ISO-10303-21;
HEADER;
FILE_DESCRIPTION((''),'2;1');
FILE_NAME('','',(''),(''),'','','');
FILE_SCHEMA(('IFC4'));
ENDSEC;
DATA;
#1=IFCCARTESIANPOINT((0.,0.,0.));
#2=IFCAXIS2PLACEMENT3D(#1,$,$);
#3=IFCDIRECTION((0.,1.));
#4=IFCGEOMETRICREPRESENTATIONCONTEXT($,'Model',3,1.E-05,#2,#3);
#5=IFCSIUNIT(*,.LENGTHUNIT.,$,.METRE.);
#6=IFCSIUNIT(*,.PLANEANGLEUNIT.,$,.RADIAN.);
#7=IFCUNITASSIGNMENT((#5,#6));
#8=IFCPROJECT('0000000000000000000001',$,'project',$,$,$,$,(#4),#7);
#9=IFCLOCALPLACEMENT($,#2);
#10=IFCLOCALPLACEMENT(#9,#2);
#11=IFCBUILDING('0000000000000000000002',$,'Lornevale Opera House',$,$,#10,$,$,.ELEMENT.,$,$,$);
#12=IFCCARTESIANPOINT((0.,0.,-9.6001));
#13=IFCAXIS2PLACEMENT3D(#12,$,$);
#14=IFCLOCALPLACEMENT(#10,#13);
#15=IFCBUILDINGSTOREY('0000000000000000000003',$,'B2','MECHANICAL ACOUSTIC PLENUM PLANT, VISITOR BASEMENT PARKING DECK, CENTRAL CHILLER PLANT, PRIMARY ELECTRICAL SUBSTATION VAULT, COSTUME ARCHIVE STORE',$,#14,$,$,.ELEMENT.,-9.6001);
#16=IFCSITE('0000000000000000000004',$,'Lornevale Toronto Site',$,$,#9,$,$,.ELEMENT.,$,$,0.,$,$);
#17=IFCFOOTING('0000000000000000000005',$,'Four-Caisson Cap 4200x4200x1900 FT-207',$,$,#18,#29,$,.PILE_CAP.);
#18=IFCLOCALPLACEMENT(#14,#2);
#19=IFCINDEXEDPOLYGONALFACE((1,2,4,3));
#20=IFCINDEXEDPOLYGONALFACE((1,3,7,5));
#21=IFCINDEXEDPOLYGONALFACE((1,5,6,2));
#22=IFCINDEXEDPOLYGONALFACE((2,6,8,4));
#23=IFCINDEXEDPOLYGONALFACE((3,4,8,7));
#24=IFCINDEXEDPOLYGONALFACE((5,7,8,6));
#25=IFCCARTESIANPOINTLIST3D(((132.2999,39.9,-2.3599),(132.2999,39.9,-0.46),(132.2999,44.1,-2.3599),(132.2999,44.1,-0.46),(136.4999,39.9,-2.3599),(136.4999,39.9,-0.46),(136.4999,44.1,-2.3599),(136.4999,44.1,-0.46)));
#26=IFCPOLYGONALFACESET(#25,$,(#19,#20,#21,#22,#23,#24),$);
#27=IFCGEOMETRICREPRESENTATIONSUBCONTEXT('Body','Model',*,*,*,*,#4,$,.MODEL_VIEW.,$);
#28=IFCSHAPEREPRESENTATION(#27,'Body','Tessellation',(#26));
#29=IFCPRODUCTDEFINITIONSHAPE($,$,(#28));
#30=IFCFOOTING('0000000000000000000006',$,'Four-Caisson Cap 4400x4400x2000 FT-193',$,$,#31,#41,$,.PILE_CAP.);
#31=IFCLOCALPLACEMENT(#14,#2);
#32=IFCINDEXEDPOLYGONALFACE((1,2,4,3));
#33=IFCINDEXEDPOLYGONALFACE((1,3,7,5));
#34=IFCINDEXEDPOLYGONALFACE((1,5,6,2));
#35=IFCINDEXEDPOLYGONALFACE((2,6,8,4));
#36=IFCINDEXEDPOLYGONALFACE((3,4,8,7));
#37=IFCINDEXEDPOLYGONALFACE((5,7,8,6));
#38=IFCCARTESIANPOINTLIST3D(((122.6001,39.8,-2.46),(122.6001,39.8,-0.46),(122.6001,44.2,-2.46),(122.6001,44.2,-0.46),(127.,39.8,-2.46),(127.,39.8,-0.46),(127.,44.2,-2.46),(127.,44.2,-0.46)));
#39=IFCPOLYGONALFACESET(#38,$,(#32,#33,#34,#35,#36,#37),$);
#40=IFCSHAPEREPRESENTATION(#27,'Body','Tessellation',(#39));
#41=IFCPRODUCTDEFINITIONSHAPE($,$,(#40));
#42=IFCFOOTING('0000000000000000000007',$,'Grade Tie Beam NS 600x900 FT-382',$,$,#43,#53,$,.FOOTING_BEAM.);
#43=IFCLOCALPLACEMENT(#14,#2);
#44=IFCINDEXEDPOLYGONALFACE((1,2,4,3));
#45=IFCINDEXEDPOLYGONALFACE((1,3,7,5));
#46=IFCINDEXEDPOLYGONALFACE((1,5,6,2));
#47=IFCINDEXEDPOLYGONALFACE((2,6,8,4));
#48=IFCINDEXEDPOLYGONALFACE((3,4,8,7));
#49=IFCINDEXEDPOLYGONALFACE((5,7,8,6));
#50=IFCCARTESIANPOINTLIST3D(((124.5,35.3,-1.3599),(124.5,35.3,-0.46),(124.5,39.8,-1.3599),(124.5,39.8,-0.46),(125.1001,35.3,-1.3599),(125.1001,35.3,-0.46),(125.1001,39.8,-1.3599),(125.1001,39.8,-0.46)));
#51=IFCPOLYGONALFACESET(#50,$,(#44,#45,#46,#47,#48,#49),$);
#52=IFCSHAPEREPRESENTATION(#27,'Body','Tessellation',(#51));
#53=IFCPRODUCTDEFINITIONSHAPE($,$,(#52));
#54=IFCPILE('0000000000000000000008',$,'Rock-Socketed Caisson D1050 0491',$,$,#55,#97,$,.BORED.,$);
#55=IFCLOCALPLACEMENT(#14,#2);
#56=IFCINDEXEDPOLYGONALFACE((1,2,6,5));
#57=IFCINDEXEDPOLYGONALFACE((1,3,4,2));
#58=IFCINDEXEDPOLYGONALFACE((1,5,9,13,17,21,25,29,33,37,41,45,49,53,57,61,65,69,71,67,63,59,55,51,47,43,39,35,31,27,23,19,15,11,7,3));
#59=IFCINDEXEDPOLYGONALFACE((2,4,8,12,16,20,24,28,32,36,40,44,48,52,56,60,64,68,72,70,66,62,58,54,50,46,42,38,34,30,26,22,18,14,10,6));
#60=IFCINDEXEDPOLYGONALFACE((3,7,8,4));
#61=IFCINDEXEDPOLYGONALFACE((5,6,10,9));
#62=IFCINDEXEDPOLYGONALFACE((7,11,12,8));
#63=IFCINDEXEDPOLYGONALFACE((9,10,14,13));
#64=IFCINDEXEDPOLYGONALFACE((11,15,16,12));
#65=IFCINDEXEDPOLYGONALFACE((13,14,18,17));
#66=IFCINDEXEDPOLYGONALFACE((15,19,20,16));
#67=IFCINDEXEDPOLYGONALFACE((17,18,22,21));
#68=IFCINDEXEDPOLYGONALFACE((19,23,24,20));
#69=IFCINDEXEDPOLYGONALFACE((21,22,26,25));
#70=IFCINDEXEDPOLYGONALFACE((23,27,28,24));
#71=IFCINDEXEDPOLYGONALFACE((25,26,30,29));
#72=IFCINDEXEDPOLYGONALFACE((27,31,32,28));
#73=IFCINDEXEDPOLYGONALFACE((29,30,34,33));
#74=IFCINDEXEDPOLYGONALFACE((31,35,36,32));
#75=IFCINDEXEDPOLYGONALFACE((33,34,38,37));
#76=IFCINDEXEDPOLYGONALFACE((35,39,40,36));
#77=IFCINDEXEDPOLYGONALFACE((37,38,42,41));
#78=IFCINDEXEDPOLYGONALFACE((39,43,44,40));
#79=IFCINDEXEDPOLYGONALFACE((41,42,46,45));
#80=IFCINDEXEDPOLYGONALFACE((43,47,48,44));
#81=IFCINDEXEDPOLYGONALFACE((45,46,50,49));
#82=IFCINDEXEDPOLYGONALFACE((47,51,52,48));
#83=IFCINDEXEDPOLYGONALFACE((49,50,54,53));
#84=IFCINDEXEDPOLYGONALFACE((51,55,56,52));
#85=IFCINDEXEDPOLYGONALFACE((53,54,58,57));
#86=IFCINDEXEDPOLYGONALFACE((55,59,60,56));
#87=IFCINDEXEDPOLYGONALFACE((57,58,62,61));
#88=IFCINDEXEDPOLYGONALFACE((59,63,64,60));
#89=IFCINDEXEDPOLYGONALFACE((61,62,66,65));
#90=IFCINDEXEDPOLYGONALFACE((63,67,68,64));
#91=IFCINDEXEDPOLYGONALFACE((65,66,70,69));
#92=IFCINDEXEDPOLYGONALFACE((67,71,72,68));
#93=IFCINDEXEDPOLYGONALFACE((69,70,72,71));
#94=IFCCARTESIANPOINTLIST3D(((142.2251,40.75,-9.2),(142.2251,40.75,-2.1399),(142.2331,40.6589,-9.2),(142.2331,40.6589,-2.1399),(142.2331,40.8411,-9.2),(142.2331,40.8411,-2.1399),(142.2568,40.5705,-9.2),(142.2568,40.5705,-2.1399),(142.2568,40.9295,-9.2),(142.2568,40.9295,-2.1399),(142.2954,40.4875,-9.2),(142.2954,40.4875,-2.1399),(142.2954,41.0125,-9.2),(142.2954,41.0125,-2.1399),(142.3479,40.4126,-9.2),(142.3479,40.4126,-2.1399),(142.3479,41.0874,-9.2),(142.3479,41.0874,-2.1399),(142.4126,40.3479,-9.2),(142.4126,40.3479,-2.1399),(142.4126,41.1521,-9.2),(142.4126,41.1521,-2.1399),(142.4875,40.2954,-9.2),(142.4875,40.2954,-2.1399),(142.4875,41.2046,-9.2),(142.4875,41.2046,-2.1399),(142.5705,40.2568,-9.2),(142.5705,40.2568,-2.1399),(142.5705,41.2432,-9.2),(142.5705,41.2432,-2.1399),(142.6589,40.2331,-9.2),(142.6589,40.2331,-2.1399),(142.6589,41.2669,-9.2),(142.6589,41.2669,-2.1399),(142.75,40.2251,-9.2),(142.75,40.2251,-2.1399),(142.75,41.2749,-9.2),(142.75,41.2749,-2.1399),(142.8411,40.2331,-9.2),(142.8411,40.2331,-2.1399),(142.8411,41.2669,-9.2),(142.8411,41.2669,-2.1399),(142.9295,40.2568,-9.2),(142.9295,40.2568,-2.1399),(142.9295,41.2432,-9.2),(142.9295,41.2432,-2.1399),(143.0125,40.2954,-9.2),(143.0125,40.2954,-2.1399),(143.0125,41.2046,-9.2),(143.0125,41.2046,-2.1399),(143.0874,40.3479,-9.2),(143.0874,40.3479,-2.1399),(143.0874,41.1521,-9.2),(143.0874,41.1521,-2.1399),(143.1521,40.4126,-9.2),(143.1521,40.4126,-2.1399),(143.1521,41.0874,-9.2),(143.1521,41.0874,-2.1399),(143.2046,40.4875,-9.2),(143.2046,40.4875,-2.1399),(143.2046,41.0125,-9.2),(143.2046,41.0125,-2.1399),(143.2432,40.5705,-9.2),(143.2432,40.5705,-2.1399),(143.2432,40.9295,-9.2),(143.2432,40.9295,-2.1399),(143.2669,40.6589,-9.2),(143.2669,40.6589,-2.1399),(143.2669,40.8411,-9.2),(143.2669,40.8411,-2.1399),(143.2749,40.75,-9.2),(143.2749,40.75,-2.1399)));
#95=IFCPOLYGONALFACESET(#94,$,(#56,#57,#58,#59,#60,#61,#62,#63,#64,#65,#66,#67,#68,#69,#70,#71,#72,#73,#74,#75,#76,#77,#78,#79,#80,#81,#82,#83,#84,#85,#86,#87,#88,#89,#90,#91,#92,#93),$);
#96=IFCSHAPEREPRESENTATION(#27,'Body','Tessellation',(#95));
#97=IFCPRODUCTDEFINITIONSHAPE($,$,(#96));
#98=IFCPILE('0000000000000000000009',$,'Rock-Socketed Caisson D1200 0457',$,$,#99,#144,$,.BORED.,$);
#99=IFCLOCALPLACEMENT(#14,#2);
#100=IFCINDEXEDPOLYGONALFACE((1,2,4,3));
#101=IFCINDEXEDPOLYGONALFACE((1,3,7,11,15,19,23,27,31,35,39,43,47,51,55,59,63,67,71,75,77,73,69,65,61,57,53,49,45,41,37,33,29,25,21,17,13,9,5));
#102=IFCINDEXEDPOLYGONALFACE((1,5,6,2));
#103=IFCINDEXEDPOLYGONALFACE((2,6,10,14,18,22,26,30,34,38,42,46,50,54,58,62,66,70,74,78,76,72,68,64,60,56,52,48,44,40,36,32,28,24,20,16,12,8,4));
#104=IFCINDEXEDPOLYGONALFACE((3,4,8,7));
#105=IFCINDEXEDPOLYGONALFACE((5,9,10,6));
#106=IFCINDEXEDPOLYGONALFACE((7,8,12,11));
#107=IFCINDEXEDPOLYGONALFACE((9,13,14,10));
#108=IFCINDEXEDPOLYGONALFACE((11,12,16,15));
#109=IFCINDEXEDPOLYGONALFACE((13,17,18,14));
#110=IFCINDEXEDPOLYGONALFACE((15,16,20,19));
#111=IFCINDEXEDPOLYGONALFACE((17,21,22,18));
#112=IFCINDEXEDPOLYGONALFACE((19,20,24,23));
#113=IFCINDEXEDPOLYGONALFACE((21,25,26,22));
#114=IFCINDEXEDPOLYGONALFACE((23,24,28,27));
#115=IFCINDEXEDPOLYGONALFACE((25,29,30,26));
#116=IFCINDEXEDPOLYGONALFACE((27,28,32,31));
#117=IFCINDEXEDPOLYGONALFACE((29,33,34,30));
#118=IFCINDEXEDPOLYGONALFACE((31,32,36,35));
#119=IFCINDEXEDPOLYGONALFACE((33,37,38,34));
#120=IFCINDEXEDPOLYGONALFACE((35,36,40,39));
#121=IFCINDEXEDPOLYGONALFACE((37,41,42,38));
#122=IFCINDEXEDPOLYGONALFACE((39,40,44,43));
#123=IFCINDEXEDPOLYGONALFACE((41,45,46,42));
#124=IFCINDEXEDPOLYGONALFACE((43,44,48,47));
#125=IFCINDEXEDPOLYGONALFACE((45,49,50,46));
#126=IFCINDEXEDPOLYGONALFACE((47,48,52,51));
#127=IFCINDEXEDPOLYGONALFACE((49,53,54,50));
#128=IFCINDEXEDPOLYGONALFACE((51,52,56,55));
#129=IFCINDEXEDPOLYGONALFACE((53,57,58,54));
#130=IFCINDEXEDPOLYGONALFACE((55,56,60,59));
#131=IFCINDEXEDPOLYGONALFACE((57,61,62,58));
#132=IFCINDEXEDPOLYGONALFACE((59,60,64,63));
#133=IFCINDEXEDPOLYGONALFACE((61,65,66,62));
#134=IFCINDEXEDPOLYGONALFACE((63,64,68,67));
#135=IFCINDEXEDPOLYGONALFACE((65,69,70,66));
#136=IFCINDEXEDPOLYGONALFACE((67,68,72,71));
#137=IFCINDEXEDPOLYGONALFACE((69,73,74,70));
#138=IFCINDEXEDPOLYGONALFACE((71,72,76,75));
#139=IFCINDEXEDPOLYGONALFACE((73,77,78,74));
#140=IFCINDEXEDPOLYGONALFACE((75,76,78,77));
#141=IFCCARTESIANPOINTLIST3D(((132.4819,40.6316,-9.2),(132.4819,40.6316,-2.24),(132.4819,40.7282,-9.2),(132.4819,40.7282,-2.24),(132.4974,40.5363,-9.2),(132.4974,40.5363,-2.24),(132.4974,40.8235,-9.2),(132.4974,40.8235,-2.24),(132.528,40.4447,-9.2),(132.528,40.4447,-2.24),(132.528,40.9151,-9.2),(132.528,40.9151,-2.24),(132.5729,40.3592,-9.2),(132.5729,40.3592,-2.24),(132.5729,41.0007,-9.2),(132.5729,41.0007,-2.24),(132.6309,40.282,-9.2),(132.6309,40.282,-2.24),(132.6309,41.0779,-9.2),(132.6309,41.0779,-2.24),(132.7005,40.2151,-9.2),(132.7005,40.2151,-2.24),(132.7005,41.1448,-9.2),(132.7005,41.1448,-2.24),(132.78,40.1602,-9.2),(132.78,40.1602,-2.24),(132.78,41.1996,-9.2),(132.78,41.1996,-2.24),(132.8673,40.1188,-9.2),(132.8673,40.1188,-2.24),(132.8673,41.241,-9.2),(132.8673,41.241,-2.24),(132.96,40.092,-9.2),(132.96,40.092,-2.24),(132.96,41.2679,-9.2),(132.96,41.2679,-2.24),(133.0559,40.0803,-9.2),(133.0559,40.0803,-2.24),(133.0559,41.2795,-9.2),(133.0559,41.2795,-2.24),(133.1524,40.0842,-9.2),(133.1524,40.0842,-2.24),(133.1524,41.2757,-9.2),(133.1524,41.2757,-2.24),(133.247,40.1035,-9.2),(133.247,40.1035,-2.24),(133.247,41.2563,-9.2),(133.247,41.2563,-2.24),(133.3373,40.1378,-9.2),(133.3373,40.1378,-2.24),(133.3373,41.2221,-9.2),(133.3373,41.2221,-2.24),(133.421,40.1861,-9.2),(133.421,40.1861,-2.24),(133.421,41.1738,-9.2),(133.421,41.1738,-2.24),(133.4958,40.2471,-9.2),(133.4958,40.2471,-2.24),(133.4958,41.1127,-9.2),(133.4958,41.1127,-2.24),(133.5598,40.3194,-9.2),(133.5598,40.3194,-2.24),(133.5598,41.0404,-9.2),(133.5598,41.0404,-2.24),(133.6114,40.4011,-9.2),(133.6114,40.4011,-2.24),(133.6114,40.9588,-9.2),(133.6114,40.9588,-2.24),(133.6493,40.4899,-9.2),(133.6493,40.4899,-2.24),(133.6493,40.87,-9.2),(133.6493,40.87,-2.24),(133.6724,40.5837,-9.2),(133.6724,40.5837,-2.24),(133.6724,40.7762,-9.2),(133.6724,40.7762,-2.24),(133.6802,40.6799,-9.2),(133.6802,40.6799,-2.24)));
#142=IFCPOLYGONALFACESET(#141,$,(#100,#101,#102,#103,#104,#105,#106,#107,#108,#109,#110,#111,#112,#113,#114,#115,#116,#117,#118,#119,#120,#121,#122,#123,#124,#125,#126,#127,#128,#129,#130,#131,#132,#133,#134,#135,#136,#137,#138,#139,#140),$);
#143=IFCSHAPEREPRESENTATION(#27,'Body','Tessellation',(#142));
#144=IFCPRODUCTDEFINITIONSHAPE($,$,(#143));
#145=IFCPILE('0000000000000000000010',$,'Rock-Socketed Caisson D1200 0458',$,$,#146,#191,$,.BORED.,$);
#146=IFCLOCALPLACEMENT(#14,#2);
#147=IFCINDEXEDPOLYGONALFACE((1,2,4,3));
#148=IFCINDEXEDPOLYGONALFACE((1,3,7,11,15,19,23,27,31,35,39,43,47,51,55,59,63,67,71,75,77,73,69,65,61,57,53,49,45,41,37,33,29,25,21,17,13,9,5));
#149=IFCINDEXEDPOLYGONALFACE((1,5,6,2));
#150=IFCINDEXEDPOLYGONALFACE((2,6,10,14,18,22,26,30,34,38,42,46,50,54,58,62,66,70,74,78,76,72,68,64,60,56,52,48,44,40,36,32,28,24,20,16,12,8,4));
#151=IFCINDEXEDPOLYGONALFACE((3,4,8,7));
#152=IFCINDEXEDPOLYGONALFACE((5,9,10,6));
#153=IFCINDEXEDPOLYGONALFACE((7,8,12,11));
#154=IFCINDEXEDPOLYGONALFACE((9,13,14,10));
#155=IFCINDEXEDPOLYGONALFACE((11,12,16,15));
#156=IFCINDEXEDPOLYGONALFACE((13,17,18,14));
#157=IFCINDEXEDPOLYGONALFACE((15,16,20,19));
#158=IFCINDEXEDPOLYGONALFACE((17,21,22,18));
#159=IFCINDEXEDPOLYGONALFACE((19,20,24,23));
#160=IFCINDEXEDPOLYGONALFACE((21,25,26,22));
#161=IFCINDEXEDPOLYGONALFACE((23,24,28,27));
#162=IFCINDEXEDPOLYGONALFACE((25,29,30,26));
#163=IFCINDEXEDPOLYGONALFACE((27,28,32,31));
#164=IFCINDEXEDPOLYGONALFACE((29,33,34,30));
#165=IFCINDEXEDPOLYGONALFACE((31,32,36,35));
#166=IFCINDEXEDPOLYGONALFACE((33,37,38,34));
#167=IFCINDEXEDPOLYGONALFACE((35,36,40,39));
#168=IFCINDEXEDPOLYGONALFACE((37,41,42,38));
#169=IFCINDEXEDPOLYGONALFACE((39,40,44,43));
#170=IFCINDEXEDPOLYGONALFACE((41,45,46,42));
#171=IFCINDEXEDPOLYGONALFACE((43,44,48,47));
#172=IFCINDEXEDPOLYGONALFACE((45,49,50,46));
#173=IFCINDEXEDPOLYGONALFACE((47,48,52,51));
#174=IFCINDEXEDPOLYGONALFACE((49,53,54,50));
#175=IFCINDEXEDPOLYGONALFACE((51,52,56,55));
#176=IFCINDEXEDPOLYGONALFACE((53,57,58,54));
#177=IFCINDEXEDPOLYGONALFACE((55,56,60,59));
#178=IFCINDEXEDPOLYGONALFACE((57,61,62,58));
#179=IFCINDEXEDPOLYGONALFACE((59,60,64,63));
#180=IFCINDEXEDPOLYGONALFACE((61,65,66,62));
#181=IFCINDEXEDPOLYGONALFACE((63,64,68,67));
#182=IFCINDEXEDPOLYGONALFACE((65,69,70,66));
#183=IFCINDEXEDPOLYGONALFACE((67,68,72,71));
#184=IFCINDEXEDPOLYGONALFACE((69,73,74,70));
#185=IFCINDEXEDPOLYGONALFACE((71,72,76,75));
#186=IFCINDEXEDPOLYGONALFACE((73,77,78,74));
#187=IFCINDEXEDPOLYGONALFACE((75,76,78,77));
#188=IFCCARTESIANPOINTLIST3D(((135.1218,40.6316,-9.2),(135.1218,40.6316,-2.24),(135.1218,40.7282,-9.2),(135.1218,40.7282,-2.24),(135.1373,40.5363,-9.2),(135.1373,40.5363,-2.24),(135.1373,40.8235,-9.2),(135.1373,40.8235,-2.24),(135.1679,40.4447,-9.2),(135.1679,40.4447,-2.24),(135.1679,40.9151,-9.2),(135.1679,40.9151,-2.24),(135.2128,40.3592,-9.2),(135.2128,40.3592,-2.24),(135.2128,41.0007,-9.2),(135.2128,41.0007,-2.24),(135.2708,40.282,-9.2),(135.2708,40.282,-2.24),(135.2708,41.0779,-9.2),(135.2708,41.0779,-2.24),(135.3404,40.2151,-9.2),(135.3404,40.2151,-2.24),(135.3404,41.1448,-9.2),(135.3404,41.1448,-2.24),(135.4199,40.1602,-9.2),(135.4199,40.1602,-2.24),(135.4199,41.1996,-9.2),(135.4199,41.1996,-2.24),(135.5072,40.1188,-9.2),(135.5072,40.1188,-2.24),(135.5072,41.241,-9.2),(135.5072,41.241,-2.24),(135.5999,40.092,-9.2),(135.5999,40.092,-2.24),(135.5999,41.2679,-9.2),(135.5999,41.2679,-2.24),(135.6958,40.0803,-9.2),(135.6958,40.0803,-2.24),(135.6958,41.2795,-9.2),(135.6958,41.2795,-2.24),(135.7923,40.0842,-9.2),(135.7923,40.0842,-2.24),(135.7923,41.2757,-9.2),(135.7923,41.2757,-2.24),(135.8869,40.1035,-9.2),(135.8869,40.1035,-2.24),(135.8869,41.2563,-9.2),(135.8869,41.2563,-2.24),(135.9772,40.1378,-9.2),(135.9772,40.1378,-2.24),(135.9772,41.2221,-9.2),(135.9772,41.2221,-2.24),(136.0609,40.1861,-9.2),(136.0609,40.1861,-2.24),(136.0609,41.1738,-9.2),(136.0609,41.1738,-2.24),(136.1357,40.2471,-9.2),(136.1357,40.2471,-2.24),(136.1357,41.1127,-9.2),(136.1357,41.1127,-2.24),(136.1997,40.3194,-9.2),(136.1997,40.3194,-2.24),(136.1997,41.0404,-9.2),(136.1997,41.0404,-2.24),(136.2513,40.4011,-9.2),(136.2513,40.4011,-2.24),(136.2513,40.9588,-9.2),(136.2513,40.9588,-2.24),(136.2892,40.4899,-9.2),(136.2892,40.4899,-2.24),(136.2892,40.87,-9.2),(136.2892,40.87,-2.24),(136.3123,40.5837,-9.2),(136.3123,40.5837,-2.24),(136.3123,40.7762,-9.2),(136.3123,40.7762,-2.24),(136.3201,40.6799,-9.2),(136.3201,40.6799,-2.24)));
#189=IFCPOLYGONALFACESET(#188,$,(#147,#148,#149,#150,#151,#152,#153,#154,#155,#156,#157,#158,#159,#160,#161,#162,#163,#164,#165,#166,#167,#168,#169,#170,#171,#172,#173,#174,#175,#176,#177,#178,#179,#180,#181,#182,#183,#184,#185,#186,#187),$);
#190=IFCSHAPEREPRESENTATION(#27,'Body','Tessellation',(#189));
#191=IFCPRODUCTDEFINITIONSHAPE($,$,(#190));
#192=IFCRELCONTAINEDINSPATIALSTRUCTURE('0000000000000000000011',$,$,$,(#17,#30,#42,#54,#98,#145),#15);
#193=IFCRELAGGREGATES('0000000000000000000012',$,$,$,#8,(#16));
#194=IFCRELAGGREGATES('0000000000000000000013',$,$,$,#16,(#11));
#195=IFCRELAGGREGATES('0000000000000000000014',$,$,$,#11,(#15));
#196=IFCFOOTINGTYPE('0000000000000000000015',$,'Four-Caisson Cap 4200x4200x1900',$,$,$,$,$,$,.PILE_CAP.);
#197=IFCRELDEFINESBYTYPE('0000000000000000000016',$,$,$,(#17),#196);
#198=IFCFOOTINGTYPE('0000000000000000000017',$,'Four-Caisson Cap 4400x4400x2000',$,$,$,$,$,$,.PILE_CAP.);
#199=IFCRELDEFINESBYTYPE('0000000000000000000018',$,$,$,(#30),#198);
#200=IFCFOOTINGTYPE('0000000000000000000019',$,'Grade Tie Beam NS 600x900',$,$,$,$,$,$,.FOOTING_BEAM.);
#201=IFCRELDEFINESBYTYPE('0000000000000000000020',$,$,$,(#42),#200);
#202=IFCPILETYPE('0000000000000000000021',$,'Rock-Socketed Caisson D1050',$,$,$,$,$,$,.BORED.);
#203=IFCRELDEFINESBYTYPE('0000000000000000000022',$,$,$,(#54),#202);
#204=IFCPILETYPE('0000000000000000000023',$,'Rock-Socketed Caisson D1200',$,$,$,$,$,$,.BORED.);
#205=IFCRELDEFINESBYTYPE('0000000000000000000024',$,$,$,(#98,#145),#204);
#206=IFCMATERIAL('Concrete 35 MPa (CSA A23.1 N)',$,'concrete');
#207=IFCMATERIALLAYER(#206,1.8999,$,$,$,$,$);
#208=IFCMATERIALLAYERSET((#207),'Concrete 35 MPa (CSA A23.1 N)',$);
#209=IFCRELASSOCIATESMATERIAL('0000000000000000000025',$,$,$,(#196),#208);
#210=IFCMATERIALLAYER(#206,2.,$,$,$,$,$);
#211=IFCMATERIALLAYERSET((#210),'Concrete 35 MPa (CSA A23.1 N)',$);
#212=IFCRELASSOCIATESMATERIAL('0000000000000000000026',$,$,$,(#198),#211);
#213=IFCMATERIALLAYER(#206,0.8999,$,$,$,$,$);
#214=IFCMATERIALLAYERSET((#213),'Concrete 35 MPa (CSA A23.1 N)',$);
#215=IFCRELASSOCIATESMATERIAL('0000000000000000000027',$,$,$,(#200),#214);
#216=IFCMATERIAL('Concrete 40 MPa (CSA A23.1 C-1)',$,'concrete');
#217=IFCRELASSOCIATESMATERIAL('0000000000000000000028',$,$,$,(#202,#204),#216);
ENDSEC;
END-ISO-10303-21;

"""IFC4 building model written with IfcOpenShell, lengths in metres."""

from ifc_helpers import new_model, si_unit, direction, frame, origin, origin_2d, place, context, subcontext, project, spatial, rectangle, circle, extrude, material, layer, layer_set, material_profile, profile_set, type_object, element, save


model = new_model("IFC4")

# Units and contexts
model_context = context("Model", 3, precision=1e-05, world=origin(), true_north=direction((0.0, 1.0)))
body_context = subcontext(model_context, "Body", "Model", "MODEL_VIEW")
ifc_project = project(units=[si_unit("LENGTHUNIT", "METRE"), si_unit("PLANEANGLEUNIT", "RADIAN")], contexts=[model_context])

# Site, building, storey
site_placement = place(None, origin())
site = spatial("IfcSite", under=ifc_project, at=site_placement, Name="Lornevale Toronto Site", CompositionType="ELEMENT", RefElevation=0.0)
building_placement = place(site_placement, origin())
building = spatial("IfcBuilding", under=site, at=building_placement, Name="Lornevale Opera House", CompositionType="ELEMENT")
storey_placement = place(building_placement, frame((0.0, 0.0, -9.6001)))
storey = spatial("IfcBuildingStorey", under=building, at=storey_placement, Name="B2", Description="MECHANICAL ACOUSTIC PLENUM PLANT, VISITOR BASEMENT PARKING DECK, CENTRAL CHILLER PLANT, PRIMARY ELECTRICAL SUBSTATION VAULT, COSTUME ARCHIVE STORE", CompositionType="ELEMENT", Elevation=-9.6001)

# Footings
ifc_material_1 = material(Name="Concrete 35 MPa (CSA A23.1 N)", Category="concrete")
ifc_layer_1 = layer(ifc_material_1, 1.8999)
ifc_layer_set_1 = layer_set([ifc_layer_1], Name="Concrete 35 MPa (CSA A23.1 N)")
footing_type_1 = type_object("IfcFootingType", Name="Four-Caisson Cap 4200x4200x1900", PredefinedType="PILE_CAP", material=ifc_layer_set_1)
footing_1_placement = place(storey_placement, frame((134.3999, 42.0, -2.3599), z_axis=(0.0, 0.0, 1.0), x_axis=(1.0, 0.0, 0.0)))
element("IfcFooting", 1, at=footing_1_placement, inside=storey, type_object=footing_type_1, Name="Four-Caisson Cap 4200x4200x1900 FT-207", PredefinedType="PILE_CAP", context=body_context, shape_type="SweptSolid", body=[
    extrude(rectangle(XDim=4.2, YDim=4.2, at=origin_2d()), origin(), (0.0, 0.0, 1.0), 1.8999),
])
ifc_layer_2 = layer(ifc_material_1, 2.0)
ifc_layer_set_2 = layer_set([ifc_layer_2], Name="Concrete 35 MPa (CSA A23.1 N)")
footing_type_2 = type_object("IfcFootingType", Name="Four-Caisson Cap 4400x4400x2000", PredefinedType="PILE_CAP", material=ifc_layer_set_2)
footing_2_placement = place(storey_placement, frame((124.8, 42.0, -2.46), z_axis=(0.0, 0.0, 1.0), x_axis=(1.0, 0.0, 0.0)))
element("IfcFooting", 2, at=footing_2_placement, inside=storey, type_object=footing_type_2, Name="Four-Caisson Cap 4400x4400x2000 FT-193", PredefinedType="PILE_CAP", context=body_context, shape_type="SweptSolid", body=[
    extrude(rectangle(XDim=4.3999, YDim=4.3999, at=origin_2d()), origin(), (0.0, 0.0, 1.0), 2.0),
])
ifc_layer_3 = layer(ifc_material_1, 0.8999)
ifc_layer_set_3 = layer_set([ifc_layer_3], Name="Concrete 35 MPa (CSA A23.1 N)")
footing_type_3 = type_object("IfcFootingType", Name="Grade Tie Beam NS 600x900", PredefinedType="FOOTING_BEAM", material=ifc_layer_set_3)
footing_3_placement = place(storey_placement, frame((124.8, 37.55, -1.3599), z_axis=(0.0, 0.0, 1.0), x_axis=(1.0, 0.0, 0.0)))
element("IfcFooting", 3, at=footing_3_placement, inside=storey, type_object=footing_type_3, Name="Grade Tie Beam NS 600x900 FT-382", PredefinedType="FOOTING_BEAM", context=body_context, shape_type="SweptSolid", body=[
    extrude(rectangle(XDim=0.6001, YDim=4.5, at=origin_2d()), origin(), (0.0, 0.0, 1.0), 0.8999),
])

# Piles
ifc_material_2 = material(Name="Concrete 40 MPa (CSA A23.1 C-1)", Category="concrete")
ifc_material_profile_1 = material_profile(ifc_material_2, circle(Radius=0.5249, at=origin_2d()), Name="CAIS1050")
ifc_profile_set_1 = profile_set([ifc_material_profile_1], Name="Concrete 40 MPa (CSA A23.1 C-1)")
pile_type_1 = type_object("IfcPileType", Name="Rock-Socketed Caisson D1050", PredefinedType="BORED", material=ifc_profile_set_1)
pile_placement = place(storey_placement, frame((142.75, 40.75, -2.1399), z_axis=(0.0, 0.0, -1.0), x_axis=(1.0, 0.0, 0.0)))
element("IfcPile", 4, at=pile_placement, inside=storey, type_object=pile_type_1, Name="Rock-Socketed Caisson D1050 0491", PredefinedType="BORED", context=body_context, shape_type="SweptSolid", body=[
    extrude(circle(Radius=0.5249, at=origin_2d()), origin(), (0.0, 0.0, 1.0), 7.0601),
])
ifc_material_profile_2 = material_profile(ifc_material_2, circle(Radius=0.6001, at=origin_2d()), Name="CAIS1200")
ifc_profile_set_2 = profile_set([ifc_material_profile_2], Name="Concrete 40 MPa (CSA A23.1 C-1)")
pile_type_2 = type_object("IfcPileType", Name="Rock-Socketed Caisson D1200", PredefinedType="BORED", material=ifc_profile_set_2)
for number, where, z_axis, x_axis, name in (
    (5, (133.0801, 40.6799, -2.24), (0.0, 0.0, -1.0), (1.0, 0.0, 0.0), "Rock-Socketed Caisson D1200 0457"),
    (6, (135.72, 40.6799, -2.24), (0.0, 0.0, -1.0), (1.0, 0.0, 0.0), "Rock-Socketed Caisson D1200 0458"),
):
    element("IfcPile", number, at=place(storey_placement, frame(where, z_axis=z_axis, x_axis=x_axis)), inside=storey, type_object=pile_type_2, Name=name, PredefinedType="BORED", context=body_context, shape_type="SweptSolid", body=[
        extrude(circle(Radius=0.6001, at=origin_2d()), origin(), (0.0, 0.0, 1.0), 6.96),
    ])

save(model, "model.ifc")
